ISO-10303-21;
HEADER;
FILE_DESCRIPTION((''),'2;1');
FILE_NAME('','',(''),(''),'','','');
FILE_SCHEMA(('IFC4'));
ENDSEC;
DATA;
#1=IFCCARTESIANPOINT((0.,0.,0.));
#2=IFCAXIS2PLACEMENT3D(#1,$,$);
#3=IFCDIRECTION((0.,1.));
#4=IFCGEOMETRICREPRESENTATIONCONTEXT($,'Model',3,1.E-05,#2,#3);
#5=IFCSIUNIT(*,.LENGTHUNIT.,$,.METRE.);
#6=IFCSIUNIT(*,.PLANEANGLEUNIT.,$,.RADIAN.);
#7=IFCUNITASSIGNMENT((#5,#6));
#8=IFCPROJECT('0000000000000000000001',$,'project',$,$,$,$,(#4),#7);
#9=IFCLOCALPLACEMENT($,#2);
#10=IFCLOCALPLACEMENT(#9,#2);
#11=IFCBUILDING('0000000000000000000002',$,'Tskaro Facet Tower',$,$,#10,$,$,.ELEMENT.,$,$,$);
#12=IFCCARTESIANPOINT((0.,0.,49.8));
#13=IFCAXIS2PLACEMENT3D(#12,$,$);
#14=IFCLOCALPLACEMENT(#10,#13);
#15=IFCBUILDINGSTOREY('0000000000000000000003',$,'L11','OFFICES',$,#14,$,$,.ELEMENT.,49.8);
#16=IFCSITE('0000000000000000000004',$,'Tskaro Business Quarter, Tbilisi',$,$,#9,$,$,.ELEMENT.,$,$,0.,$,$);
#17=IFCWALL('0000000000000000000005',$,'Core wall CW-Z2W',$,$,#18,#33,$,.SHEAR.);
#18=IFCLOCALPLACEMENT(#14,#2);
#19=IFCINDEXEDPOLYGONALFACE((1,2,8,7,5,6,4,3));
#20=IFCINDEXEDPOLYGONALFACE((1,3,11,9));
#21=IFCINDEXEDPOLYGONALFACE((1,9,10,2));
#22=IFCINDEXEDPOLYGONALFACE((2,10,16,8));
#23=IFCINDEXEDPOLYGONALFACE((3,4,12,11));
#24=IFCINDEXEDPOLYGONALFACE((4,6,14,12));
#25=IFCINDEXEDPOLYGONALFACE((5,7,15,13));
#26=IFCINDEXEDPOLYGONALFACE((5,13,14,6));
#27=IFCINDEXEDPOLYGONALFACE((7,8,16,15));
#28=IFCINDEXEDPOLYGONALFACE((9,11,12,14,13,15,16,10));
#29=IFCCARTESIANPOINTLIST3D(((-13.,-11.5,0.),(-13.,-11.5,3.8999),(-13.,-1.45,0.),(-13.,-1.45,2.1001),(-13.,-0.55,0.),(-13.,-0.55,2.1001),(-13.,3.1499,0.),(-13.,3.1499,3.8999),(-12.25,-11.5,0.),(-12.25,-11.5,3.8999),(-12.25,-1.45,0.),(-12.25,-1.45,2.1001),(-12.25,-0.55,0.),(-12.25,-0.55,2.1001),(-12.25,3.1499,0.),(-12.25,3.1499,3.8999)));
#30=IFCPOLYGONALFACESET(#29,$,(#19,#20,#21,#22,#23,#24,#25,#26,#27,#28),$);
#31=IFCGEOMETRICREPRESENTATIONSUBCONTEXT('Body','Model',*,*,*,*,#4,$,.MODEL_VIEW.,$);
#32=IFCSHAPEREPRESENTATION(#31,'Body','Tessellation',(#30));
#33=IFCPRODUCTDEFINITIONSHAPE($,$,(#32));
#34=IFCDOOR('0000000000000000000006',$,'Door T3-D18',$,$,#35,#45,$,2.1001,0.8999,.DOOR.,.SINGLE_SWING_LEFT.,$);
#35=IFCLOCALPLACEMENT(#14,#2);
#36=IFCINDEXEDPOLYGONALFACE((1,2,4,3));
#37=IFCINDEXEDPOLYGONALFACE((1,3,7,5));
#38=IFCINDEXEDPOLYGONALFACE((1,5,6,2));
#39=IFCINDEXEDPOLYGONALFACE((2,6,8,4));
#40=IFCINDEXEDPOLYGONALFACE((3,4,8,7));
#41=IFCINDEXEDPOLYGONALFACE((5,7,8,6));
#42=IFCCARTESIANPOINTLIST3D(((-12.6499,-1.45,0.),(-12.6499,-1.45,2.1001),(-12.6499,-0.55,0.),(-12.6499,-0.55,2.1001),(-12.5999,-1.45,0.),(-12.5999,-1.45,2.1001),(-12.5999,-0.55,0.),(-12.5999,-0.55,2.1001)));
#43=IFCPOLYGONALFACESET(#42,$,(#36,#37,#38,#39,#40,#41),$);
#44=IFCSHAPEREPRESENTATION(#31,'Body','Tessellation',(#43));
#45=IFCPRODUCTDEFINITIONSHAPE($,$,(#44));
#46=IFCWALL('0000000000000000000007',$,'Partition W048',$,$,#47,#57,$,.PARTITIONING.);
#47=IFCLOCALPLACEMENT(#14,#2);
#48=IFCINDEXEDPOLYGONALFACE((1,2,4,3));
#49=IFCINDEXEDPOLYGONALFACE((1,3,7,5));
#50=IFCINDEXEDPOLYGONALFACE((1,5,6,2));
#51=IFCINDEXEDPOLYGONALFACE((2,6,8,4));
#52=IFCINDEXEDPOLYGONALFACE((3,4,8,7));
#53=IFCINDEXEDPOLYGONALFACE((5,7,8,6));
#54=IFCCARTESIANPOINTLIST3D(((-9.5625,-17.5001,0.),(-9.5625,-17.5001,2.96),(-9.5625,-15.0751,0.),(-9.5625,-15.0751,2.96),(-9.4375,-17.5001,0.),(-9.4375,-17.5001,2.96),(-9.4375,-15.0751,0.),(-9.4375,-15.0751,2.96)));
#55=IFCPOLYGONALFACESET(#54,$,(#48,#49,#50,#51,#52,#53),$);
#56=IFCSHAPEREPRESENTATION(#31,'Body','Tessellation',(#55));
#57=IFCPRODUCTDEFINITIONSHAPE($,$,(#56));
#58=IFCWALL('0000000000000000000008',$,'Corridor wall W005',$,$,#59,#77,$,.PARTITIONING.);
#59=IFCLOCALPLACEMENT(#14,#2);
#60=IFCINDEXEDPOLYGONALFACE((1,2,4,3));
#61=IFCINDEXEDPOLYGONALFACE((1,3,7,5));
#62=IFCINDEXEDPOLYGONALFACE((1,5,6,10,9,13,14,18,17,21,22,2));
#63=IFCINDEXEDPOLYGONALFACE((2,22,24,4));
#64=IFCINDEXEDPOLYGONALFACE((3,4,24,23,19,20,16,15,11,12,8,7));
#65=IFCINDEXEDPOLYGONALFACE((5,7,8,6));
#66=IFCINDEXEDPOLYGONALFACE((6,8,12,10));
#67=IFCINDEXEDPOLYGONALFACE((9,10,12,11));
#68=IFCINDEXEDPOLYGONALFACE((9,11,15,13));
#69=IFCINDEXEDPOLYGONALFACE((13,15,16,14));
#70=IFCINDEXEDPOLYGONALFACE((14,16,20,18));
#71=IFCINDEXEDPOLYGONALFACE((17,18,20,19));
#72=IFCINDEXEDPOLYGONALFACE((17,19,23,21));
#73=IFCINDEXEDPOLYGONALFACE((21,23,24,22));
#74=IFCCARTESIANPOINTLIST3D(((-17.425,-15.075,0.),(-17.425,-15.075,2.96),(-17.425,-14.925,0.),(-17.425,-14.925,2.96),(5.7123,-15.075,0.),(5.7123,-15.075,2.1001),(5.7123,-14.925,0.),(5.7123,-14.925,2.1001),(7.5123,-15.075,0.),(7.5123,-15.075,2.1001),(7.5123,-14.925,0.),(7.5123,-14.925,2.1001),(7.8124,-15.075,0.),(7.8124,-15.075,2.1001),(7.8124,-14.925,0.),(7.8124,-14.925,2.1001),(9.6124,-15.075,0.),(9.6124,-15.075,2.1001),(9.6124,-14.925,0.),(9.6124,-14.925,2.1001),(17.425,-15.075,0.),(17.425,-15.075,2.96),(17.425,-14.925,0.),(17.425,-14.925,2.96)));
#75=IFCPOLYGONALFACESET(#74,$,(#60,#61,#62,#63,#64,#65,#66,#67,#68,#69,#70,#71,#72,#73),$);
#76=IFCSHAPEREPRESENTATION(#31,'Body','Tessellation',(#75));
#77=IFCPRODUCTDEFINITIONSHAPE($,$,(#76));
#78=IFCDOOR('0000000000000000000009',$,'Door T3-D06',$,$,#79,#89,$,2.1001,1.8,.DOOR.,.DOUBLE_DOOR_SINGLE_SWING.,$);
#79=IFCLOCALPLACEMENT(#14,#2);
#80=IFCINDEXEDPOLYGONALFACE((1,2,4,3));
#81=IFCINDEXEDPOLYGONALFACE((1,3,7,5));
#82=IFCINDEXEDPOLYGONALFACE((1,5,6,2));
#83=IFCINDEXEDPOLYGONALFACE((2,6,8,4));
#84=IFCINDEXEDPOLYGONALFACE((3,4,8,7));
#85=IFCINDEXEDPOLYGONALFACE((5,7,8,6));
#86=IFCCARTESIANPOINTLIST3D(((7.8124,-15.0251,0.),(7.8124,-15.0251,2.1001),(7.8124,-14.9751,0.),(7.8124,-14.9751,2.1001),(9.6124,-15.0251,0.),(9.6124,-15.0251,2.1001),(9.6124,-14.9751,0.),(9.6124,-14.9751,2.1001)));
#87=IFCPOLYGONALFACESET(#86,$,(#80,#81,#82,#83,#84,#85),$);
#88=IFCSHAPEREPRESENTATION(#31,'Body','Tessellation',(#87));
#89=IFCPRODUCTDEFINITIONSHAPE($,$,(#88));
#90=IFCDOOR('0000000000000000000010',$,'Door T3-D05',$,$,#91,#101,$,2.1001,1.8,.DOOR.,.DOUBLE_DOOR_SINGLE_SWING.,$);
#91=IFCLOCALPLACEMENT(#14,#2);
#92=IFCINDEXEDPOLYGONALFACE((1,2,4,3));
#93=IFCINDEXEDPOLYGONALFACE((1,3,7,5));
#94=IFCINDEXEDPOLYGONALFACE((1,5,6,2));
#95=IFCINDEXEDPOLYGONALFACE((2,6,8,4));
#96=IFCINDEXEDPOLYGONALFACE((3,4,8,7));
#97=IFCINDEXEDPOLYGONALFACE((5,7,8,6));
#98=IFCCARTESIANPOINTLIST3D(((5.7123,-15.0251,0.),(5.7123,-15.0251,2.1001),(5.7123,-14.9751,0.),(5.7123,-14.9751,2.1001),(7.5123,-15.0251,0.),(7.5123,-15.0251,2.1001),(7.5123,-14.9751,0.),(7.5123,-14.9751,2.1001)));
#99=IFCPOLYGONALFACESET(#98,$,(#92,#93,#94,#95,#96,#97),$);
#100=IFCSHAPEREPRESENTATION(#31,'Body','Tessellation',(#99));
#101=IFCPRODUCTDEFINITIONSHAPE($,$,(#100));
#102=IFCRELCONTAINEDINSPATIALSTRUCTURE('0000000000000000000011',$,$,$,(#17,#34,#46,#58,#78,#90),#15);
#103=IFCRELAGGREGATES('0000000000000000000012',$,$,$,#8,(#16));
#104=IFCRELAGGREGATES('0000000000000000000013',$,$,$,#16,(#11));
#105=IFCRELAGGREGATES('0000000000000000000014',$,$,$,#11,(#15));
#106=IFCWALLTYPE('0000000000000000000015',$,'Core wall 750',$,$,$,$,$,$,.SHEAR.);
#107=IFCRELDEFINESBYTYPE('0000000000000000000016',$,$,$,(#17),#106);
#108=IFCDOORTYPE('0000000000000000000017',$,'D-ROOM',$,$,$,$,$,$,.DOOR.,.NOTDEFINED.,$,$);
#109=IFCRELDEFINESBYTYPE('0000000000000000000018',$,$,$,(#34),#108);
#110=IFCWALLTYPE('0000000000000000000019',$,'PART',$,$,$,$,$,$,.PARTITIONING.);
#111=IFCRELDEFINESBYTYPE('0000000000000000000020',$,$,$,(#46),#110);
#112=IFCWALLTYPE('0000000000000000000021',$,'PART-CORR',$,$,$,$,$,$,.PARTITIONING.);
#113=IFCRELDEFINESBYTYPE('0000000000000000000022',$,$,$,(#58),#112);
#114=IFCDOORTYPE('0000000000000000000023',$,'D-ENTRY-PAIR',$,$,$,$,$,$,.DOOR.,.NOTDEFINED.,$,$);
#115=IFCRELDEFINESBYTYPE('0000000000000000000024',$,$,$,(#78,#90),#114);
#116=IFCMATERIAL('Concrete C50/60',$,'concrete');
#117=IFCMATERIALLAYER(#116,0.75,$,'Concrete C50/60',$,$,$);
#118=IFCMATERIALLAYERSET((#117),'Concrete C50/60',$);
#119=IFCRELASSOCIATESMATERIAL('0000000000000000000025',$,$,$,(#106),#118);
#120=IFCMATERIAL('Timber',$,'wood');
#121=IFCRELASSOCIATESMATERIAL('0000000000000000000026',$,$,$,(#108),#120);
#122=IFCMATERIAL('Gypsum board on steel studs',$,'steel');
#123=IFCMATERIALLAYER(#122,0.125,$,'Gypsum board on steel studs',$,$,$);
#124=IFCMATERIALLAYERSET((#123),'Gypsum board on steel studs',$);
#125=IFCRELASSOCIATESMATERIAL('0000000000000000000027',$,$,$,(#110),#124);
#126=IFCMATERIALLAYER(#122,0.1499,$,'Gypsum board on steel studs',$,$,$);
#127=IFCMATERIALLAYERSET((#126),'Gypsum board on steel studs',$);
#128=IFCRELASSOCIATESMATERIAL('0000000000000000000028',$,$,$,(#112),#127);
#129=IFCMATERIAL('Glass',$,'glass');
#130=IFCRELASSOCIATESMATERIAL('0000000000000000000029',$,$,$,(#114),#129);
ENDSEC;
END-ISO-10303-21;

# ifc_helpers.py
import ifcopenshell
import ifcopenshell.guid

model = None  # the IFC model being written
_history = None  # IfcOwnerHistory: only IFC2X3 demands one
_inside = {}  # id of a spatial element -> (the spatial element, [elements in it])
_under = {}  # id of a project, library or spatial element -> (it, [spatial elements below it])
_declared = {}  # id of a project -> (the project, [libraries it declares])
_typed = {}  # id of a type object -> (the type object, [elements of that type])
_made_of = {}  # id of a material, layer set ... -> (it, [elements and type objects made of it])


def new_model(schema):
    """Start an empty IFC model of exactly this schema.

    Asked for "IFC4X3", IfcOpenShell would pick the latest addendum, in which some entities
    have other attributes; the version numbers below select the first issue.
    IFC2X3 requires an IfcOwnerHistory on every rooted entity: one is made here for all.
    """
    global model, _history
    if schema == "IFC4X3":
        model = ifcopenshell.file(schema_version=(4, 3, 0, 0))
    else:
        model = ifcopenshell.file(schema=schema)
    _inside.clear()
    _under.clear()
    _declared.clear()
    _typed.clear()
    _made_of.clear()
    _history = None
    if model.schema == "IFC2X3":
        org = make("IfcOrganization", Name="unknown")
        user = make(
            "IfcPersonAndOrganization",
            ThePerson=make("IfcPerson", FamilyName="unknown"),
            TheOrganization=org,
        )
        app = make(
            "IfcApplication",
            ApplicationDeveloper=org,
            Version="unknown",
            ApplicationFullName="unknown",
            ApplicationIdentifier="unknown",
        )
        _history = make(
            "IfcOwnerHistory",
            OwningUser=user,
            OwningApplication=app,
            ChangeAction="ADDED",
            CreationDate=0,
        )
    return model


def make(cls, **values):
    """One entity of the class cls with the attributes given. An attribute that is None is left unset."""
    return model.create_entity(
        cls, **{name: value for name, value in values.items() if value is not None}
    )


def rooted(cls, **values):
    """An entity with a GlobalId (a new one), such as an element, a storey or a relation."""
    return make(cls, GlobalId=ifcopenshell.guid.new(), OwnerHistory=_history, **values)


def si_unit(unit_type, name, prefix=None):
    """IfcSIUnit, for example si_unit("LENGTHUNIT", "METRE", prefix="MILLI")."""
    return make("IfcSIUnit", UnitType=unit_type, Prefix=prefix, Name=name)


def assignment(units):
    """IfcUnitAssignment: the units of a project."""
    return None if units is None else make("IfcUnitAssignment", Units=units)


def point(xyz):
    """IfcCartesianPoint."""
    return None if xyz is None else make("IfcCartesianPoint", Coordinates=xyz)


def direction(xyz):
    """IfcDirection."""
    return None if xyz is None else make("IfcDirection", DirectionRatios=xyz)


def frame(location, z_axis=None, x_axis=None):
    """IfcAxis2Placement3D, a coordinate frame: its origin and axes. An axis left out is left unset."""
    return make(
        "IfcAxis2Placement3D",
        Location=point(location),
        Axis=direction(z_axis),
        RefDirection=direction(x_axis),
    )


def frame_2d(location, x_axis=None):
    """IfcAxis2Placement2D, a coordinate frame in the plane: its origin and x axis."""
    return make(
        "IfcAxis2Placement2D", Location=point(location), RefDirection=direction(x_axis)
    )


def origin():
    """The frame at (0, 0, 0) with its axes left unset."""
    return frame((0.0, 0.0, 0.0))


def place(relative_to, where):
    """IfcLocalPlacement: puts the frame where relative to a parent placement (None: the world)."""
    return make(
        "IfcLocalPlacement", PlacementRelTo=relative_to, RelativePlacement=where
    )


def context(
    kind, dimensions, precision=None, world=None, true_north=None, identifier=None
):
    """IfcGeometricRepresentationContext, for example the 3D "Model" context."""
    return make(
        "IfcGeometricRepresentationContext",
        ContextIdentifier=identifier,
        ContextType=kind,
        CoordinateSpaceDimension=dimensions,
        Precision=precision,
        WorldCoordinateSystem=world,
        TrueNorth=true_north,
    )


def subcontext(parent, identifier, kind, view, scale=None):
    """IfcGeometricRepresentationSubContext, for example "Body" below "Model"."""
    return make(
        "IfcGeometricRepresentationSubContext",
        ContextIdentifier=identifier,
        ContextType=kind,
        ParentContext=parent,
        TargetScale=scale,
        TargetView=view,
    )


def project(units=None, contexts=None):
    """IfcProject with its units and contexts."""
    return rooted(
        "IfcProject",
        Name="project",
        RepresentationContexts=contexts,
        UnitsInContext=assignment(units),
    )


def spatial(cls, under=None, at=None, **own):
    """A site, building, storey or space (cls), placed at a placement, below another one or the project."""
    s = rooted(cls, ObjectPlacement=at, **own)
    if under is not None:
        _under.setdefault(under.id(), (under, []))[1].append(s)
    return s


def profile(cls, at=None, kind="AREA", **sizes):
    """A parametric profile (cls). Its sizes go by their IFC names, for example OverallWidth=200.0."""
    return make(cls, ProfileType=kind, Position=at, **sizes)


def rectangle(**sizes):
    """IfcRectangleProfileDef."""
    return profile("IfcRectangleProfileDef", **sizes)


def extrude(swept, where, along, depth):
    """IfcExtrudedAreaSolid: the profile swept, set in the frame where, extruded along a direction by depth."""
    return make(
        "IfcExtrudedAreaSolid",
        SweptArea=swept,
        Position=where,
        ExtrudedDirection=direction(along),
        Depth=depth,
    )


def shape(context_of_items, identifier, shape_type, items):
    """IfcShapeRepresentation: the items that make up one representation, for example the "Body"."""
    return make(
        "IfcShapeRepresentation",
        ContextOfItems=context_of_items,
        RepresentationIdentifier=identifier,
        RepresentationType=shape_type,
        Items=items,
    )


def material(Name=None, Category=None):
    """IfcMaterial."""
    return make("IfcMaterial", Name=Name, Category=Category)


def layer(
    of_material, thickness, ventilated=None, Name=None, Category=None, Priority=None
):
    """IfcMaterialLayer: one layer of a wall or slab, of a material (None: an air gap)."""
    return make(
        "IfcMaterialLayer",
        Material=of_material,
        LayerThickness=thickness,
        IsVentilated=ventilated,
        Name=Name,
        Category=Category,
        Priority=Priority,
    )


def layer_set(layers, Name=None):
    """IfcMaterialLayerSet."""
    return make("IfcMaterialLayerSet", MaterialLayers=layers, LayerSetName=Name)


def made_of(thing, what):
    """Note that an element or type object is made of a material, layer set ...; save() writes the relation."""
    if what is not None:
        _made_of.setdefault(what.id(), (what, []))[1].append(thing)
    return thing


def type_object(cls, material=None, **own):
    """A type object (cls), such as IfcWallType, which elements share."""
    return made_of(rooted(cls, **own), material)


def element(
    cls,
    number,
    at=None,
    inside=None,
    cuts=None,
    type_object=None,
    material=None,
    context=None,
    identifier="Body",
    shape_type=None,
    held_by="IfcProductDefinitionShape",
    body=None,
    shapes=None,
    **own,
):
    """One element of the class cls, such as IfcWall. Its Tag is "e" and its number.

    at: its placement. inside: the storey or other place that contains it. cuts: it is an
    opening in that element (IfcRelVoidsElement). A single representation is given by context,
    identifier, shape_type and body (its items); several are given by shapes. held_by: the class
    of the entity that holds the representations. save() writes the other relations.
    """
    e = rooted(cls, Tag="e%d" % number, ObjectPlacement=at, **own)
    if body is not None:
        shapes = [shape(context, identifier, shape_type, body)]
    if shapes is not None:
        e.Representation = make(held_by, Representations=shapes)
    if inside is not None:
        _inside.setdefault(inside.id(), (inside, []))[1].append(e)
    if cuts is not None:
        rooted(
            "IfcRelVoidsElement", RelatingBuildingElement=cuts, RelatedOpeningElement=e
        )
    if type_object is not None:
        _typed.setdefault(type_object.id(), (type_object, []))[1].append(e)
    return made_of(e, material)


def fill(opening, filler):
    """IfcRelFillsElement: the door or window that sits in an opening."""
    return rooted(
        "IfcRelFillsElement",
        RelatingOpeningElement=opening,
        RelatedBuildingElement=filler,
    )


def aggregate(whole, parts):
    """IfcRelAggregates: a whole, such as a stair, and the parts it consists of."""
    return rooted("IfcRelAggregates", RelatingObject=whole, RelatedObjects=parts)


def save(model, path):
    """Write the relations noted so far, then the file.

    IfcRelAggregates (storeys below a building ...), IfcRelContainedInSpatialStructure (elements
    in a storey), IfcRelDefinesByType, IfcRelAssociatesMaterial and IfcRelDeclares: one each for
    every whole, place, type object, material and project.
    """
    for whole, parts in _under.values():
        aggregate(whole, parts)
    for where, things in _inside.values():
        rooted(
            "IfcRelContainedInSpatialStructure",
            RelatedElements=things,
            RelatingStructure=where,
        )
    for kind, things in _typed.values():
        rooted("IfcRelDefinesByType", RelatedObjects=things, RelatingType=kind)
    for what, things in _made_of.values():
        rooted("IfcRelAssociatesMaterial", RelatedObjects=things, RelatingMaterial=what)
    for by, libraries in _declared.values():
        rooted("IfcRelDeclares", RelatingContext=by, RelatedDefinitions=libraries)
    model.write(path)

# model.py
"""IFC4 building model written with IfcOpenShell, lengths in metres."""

from ifc_helpers import new_model, si_unit, direction, frame, frame_2d, origin, place, context, subcontext, project, spatial, rectangle, extrude, material, layer, layer_set, type_object, element, fill, save


model = new_model("IFC4")

# Units and contexts
model_context = context("Model", 3, precision=1e-05, world=origin(), true_north=direction((0.0, 1.0)))
body_context = subcontext(model_context, "Body", "Model", "MODEL_VIEW")
ifc_project = project(units=[si_unit("LENGTHUNIT", "METRE"), si_unit("PLANEANGLEUNIT", "RADIAN")], contexts=[model_context])

# Site, building, storey
site_placement = place(None, origin())
site = spatial("IfcSite", under=ifc_project, at=site_placement, Name="Tskaro Business Quarter, Tbilisi", CompositionType="ELEMENT", RefElevation=0.0)
building_placement = place(site_placement, origin())
building = spatial("IfcBuilding", under=site, at=building_placement, Name="Tskaro Facet Tower", CompositionType="ELEMENT")
storey_placement = place(building_placement, frame((0.0, 0.0, 49.8)))
storey = spatial("IfcBuildingStorey", under=building, at=storey_placement, Name="L11", Description="OFFICES", CompositionType="ELEMENT", Elevation=49.8)

# Wall, opening, door
ifc_material_1 = material(Name="Concrete C50/60", Category="concrete")
ifc_layer_1 = layer(ifc_material_1, 0.75, Name="Concrete C50/60")
ifc_layer_set_1 = layer_set([ifc_layer_1], Name="Concrete C50/60")
wall_type_1 = type_object("IfcWallType", Name="Core wall 750", PredefinedType="SHEAR", material=ifc_layer_set_1)
wall_1_placement = place(storey_placement, frame((-12.625, -11.5, 0.0), z_axis=(0.0, 0.0, 1.0), x_axis=(0.0, 1.0, 0.0)))
wall_1 = element("IfcWall", 1, at=wall_1_placement, inside=storey, type_object=wall_type_1, Name="Core wall CW-Z2W", PredefinedType="SHEAR", context=body_context, shape_type="SweptSolid", body=[
    extrude(rectangle(XDim=14.6499, YDim=0.75, at=frame_2d((7.325, 0.0))), origin(), (0.0, 0.0, 1.0), 3.8999),
])
opening_1_placement = place(wall_1_placement, frame((10.05, 0.0, 0.0)))
opening_1 = element("IfcOpeningElement", 2, at=opening_1_placement, cuts=wall_1, PredefinedType="OPENING", context=body_context, shape_type="SweptSolid", body=[
    extrude(rectangle(XDim=0.8999, YDim=2.1001, at=frame_2d((0.45, 1.05))), frame((0.0, 0.385, 0.0), z_axis=(0.0, -1.0, 0.0), x_axis=(1.0, 0.0, 0.0)), (0.0, 0.0, 1.0), 0.77),
])
ifc_material_2 = material(Name="Timber", Category="wood")
door_type_1 = type_object("IfcDoorType", Name="D-ROOM", OperationType="NOTDEFINED", PredefinedType="DOOR", material=ifc_material_2)
door_1_placement = place(opening_1_placement, origin())
door_1 = element("IfcDoor", 3, at=door_1_placement, inside=storey, type_object=door_type_1, Name="Door T3-D18", OperationType="SINGLE_SWING_LEFT", OverallHeight=2.1001, OverallWidth=0.8999, PredefinedType="DOOR", context=body_context, shape_type="SweptSolid", body=[
    extrude(rectangle(XDim=0.8999, YDim=2.1001, at=frame_2d((0.45, 1.05))), frame((0.0, 0.0249, 0.0), z_axis=(0.0, -1.0, 0.0), x_axis=(1.0, 0.0, 0.0)), (0.0, 0.0, 1.0), 0.05),
])
fill(opening_1, door_1)

# Wall
ifc_material_3 = material(Name="Gypsum board on steel studs", Category="steel")
ifc_layer_2 = layer(ifc_material_3, 0.125, Name="Gypsum board on steel studs")
ifc_layer_set_2 = layer_set([ifc_layer_2], Name="Gypsum board on steel studs")
wall_type_2 = type_object("IfcWallType", Name="PART", PredefinedType="PARTITIONING", material=ifc_layer_set_2)
wall_2_placement = place(storey_placement, frame((-9.5, -17.5, 0.0), z_axis=(0.0, 0.0, 1.0), x_axis=(0.0, 1.0, 0.0)))
element("IfcWall", 4, at=wall_2_placement, inside=storey, type_object=wall_type_2, Name="Partition W048", PredefinedType="PARTITIONING", context=body_context, shape_type="SweptSolid", body=[
    extrude(rectangle(XDim=2.425, YDim=0.125, at=frame_2d((1.2124, 0.0))), origin(), (0.0, 0.0, 1.0), 2.96),
])

# Wall, openings, doors
ifc_layer_3 = layer(ifc_material_3, 0.1499, Name="Gypsum board on steel studs")
ifc_layer_set_3 = layer_set([ifc_layer_3], Name="Gypsum board on steel studs")
wall_type_3 = type_object("IfcWallType", Name="PART-CORR", PredefinedType="PARTITIONING", material=ifc_layer_set_3)
wall_3_placement = place(storey_placement, frame((-17.425, -15.0, 0.0), z_axis=(0.0, 0.0, 1.0), x_axis=(1.0, 0.0, 0.0)))
wall_3 = element("IfcWall", 5, at=wall_3_placement, inside=storey, type_object=wall_type_3, Name="Corridor wall W005", PredefinedType="PARTITIONING", context=body_context, shape_type="SweptSolid", body=[
    extrude(rectangle(XDim=34.8501, YDim=0.1499, at=frame_2d((17.425, 0.0))), origin(), (0.0, 0.0, 1.0), 2.96),
])
opening_2_placement = place(wall_3_placement, frame((25.2375, 0.0, 0.0)))
opening_2 = element("IfcOpeningElement", 6, at=opening_2_placement, cuts=wall_3, PredefinedType="OPENING", context=body_context, shape_type="SweptSolid", body=[
    extrude(rectangle(XDim=1.8, YDim=2.1001, at=frame_2d((0.8999, 1.05))), frame((0.0, 0.085, 0.0), z_axis=(0.0, -1.0, 0.0), x_axis=(1.0, 0.0, 0.0)), (0.0, 0.0, 1.0), 0.1699),
])
opening_3_placement = place(wall_3_placement, frame((23.1375, 0.0, 0.0)))
opening_3 = element("IfcOpeningElement", 7, at=opening_3_placement, cuts=wall_3, PredefinedType="OPENING", context=body_context, shape_type="SweptSolid", body=[
    extrude(rectangle(XDim=1.8, YDim=2.1001, at=frame_2d((0.8999, 1.05))), frame((0.0, 0.085, 0.0), z_axis=(0.0, -1.0, 0.0), x_axis=(1.0, 0.0, 0.0)), (0.0, 0.0, 1.0), 0.1699),
])
ifc_material_4 = material(Name="Glass", Category="glass")
door_type_2 = type_object("IfcDoorType", Name="D-ENTRY-PAIR", OperationType="NOTDEFINED", PredefinedType="DOOR", material=ifc_material_4)
door_2_placement = place(opening_2_placement, origin())
door_2 = element("IfcDoor", 8, at=door_2_placement, inside=storey, type_object=door_type_2, Name="Door T3-D06", OperationType="DOUBLE_DOOR_SINGLE_SWING", OverallHeight=2.1001, OverallWidth=1.8, PredefinedType="DOOR", context=body_context, shape_type="SweptSolid", body=[
    extrude(rectangle(XDim=1.8, YDim=2.1001, at=frame_2d((0.8999, 1.05))), frame((0.0, 0.0249, 0.0), z_axis=(0.0, -1.0, 0.0), x_axis=(1.0, 0.0, 0.0)), (0.0, 0.0, 1.0), 0.05),
])
fill(opening_2, door_2)
door_3_placement = place(opening_3_placement, origin())
door_3 = element("IfcDoor", 9, at=door_3_placement, inside=storey, type_object=door_type_2, Name="Door T3-D05", OperationType="DOUBLE_DOOR_SINGLE_SWING", OverallHeight=2.1001, OverallWidth=1.8, PredefinedType="DOOR", context=body_context, shape_type="SweptSolid", body=[
    extrude(rectangle(XDim=1.8, YDim=2.1001, at=frame_2d((0.8999, 1.05))), frame((0.0, 0.0249, 0.0), z_axis=(0.0, -1.0, 0.0), x_axis=(1.0, 0.0, 0.0)), (0.0, 0.0, 1.0), 0.05),
])
fill(opening_3, door_3)

save(model, "model.ifc")
